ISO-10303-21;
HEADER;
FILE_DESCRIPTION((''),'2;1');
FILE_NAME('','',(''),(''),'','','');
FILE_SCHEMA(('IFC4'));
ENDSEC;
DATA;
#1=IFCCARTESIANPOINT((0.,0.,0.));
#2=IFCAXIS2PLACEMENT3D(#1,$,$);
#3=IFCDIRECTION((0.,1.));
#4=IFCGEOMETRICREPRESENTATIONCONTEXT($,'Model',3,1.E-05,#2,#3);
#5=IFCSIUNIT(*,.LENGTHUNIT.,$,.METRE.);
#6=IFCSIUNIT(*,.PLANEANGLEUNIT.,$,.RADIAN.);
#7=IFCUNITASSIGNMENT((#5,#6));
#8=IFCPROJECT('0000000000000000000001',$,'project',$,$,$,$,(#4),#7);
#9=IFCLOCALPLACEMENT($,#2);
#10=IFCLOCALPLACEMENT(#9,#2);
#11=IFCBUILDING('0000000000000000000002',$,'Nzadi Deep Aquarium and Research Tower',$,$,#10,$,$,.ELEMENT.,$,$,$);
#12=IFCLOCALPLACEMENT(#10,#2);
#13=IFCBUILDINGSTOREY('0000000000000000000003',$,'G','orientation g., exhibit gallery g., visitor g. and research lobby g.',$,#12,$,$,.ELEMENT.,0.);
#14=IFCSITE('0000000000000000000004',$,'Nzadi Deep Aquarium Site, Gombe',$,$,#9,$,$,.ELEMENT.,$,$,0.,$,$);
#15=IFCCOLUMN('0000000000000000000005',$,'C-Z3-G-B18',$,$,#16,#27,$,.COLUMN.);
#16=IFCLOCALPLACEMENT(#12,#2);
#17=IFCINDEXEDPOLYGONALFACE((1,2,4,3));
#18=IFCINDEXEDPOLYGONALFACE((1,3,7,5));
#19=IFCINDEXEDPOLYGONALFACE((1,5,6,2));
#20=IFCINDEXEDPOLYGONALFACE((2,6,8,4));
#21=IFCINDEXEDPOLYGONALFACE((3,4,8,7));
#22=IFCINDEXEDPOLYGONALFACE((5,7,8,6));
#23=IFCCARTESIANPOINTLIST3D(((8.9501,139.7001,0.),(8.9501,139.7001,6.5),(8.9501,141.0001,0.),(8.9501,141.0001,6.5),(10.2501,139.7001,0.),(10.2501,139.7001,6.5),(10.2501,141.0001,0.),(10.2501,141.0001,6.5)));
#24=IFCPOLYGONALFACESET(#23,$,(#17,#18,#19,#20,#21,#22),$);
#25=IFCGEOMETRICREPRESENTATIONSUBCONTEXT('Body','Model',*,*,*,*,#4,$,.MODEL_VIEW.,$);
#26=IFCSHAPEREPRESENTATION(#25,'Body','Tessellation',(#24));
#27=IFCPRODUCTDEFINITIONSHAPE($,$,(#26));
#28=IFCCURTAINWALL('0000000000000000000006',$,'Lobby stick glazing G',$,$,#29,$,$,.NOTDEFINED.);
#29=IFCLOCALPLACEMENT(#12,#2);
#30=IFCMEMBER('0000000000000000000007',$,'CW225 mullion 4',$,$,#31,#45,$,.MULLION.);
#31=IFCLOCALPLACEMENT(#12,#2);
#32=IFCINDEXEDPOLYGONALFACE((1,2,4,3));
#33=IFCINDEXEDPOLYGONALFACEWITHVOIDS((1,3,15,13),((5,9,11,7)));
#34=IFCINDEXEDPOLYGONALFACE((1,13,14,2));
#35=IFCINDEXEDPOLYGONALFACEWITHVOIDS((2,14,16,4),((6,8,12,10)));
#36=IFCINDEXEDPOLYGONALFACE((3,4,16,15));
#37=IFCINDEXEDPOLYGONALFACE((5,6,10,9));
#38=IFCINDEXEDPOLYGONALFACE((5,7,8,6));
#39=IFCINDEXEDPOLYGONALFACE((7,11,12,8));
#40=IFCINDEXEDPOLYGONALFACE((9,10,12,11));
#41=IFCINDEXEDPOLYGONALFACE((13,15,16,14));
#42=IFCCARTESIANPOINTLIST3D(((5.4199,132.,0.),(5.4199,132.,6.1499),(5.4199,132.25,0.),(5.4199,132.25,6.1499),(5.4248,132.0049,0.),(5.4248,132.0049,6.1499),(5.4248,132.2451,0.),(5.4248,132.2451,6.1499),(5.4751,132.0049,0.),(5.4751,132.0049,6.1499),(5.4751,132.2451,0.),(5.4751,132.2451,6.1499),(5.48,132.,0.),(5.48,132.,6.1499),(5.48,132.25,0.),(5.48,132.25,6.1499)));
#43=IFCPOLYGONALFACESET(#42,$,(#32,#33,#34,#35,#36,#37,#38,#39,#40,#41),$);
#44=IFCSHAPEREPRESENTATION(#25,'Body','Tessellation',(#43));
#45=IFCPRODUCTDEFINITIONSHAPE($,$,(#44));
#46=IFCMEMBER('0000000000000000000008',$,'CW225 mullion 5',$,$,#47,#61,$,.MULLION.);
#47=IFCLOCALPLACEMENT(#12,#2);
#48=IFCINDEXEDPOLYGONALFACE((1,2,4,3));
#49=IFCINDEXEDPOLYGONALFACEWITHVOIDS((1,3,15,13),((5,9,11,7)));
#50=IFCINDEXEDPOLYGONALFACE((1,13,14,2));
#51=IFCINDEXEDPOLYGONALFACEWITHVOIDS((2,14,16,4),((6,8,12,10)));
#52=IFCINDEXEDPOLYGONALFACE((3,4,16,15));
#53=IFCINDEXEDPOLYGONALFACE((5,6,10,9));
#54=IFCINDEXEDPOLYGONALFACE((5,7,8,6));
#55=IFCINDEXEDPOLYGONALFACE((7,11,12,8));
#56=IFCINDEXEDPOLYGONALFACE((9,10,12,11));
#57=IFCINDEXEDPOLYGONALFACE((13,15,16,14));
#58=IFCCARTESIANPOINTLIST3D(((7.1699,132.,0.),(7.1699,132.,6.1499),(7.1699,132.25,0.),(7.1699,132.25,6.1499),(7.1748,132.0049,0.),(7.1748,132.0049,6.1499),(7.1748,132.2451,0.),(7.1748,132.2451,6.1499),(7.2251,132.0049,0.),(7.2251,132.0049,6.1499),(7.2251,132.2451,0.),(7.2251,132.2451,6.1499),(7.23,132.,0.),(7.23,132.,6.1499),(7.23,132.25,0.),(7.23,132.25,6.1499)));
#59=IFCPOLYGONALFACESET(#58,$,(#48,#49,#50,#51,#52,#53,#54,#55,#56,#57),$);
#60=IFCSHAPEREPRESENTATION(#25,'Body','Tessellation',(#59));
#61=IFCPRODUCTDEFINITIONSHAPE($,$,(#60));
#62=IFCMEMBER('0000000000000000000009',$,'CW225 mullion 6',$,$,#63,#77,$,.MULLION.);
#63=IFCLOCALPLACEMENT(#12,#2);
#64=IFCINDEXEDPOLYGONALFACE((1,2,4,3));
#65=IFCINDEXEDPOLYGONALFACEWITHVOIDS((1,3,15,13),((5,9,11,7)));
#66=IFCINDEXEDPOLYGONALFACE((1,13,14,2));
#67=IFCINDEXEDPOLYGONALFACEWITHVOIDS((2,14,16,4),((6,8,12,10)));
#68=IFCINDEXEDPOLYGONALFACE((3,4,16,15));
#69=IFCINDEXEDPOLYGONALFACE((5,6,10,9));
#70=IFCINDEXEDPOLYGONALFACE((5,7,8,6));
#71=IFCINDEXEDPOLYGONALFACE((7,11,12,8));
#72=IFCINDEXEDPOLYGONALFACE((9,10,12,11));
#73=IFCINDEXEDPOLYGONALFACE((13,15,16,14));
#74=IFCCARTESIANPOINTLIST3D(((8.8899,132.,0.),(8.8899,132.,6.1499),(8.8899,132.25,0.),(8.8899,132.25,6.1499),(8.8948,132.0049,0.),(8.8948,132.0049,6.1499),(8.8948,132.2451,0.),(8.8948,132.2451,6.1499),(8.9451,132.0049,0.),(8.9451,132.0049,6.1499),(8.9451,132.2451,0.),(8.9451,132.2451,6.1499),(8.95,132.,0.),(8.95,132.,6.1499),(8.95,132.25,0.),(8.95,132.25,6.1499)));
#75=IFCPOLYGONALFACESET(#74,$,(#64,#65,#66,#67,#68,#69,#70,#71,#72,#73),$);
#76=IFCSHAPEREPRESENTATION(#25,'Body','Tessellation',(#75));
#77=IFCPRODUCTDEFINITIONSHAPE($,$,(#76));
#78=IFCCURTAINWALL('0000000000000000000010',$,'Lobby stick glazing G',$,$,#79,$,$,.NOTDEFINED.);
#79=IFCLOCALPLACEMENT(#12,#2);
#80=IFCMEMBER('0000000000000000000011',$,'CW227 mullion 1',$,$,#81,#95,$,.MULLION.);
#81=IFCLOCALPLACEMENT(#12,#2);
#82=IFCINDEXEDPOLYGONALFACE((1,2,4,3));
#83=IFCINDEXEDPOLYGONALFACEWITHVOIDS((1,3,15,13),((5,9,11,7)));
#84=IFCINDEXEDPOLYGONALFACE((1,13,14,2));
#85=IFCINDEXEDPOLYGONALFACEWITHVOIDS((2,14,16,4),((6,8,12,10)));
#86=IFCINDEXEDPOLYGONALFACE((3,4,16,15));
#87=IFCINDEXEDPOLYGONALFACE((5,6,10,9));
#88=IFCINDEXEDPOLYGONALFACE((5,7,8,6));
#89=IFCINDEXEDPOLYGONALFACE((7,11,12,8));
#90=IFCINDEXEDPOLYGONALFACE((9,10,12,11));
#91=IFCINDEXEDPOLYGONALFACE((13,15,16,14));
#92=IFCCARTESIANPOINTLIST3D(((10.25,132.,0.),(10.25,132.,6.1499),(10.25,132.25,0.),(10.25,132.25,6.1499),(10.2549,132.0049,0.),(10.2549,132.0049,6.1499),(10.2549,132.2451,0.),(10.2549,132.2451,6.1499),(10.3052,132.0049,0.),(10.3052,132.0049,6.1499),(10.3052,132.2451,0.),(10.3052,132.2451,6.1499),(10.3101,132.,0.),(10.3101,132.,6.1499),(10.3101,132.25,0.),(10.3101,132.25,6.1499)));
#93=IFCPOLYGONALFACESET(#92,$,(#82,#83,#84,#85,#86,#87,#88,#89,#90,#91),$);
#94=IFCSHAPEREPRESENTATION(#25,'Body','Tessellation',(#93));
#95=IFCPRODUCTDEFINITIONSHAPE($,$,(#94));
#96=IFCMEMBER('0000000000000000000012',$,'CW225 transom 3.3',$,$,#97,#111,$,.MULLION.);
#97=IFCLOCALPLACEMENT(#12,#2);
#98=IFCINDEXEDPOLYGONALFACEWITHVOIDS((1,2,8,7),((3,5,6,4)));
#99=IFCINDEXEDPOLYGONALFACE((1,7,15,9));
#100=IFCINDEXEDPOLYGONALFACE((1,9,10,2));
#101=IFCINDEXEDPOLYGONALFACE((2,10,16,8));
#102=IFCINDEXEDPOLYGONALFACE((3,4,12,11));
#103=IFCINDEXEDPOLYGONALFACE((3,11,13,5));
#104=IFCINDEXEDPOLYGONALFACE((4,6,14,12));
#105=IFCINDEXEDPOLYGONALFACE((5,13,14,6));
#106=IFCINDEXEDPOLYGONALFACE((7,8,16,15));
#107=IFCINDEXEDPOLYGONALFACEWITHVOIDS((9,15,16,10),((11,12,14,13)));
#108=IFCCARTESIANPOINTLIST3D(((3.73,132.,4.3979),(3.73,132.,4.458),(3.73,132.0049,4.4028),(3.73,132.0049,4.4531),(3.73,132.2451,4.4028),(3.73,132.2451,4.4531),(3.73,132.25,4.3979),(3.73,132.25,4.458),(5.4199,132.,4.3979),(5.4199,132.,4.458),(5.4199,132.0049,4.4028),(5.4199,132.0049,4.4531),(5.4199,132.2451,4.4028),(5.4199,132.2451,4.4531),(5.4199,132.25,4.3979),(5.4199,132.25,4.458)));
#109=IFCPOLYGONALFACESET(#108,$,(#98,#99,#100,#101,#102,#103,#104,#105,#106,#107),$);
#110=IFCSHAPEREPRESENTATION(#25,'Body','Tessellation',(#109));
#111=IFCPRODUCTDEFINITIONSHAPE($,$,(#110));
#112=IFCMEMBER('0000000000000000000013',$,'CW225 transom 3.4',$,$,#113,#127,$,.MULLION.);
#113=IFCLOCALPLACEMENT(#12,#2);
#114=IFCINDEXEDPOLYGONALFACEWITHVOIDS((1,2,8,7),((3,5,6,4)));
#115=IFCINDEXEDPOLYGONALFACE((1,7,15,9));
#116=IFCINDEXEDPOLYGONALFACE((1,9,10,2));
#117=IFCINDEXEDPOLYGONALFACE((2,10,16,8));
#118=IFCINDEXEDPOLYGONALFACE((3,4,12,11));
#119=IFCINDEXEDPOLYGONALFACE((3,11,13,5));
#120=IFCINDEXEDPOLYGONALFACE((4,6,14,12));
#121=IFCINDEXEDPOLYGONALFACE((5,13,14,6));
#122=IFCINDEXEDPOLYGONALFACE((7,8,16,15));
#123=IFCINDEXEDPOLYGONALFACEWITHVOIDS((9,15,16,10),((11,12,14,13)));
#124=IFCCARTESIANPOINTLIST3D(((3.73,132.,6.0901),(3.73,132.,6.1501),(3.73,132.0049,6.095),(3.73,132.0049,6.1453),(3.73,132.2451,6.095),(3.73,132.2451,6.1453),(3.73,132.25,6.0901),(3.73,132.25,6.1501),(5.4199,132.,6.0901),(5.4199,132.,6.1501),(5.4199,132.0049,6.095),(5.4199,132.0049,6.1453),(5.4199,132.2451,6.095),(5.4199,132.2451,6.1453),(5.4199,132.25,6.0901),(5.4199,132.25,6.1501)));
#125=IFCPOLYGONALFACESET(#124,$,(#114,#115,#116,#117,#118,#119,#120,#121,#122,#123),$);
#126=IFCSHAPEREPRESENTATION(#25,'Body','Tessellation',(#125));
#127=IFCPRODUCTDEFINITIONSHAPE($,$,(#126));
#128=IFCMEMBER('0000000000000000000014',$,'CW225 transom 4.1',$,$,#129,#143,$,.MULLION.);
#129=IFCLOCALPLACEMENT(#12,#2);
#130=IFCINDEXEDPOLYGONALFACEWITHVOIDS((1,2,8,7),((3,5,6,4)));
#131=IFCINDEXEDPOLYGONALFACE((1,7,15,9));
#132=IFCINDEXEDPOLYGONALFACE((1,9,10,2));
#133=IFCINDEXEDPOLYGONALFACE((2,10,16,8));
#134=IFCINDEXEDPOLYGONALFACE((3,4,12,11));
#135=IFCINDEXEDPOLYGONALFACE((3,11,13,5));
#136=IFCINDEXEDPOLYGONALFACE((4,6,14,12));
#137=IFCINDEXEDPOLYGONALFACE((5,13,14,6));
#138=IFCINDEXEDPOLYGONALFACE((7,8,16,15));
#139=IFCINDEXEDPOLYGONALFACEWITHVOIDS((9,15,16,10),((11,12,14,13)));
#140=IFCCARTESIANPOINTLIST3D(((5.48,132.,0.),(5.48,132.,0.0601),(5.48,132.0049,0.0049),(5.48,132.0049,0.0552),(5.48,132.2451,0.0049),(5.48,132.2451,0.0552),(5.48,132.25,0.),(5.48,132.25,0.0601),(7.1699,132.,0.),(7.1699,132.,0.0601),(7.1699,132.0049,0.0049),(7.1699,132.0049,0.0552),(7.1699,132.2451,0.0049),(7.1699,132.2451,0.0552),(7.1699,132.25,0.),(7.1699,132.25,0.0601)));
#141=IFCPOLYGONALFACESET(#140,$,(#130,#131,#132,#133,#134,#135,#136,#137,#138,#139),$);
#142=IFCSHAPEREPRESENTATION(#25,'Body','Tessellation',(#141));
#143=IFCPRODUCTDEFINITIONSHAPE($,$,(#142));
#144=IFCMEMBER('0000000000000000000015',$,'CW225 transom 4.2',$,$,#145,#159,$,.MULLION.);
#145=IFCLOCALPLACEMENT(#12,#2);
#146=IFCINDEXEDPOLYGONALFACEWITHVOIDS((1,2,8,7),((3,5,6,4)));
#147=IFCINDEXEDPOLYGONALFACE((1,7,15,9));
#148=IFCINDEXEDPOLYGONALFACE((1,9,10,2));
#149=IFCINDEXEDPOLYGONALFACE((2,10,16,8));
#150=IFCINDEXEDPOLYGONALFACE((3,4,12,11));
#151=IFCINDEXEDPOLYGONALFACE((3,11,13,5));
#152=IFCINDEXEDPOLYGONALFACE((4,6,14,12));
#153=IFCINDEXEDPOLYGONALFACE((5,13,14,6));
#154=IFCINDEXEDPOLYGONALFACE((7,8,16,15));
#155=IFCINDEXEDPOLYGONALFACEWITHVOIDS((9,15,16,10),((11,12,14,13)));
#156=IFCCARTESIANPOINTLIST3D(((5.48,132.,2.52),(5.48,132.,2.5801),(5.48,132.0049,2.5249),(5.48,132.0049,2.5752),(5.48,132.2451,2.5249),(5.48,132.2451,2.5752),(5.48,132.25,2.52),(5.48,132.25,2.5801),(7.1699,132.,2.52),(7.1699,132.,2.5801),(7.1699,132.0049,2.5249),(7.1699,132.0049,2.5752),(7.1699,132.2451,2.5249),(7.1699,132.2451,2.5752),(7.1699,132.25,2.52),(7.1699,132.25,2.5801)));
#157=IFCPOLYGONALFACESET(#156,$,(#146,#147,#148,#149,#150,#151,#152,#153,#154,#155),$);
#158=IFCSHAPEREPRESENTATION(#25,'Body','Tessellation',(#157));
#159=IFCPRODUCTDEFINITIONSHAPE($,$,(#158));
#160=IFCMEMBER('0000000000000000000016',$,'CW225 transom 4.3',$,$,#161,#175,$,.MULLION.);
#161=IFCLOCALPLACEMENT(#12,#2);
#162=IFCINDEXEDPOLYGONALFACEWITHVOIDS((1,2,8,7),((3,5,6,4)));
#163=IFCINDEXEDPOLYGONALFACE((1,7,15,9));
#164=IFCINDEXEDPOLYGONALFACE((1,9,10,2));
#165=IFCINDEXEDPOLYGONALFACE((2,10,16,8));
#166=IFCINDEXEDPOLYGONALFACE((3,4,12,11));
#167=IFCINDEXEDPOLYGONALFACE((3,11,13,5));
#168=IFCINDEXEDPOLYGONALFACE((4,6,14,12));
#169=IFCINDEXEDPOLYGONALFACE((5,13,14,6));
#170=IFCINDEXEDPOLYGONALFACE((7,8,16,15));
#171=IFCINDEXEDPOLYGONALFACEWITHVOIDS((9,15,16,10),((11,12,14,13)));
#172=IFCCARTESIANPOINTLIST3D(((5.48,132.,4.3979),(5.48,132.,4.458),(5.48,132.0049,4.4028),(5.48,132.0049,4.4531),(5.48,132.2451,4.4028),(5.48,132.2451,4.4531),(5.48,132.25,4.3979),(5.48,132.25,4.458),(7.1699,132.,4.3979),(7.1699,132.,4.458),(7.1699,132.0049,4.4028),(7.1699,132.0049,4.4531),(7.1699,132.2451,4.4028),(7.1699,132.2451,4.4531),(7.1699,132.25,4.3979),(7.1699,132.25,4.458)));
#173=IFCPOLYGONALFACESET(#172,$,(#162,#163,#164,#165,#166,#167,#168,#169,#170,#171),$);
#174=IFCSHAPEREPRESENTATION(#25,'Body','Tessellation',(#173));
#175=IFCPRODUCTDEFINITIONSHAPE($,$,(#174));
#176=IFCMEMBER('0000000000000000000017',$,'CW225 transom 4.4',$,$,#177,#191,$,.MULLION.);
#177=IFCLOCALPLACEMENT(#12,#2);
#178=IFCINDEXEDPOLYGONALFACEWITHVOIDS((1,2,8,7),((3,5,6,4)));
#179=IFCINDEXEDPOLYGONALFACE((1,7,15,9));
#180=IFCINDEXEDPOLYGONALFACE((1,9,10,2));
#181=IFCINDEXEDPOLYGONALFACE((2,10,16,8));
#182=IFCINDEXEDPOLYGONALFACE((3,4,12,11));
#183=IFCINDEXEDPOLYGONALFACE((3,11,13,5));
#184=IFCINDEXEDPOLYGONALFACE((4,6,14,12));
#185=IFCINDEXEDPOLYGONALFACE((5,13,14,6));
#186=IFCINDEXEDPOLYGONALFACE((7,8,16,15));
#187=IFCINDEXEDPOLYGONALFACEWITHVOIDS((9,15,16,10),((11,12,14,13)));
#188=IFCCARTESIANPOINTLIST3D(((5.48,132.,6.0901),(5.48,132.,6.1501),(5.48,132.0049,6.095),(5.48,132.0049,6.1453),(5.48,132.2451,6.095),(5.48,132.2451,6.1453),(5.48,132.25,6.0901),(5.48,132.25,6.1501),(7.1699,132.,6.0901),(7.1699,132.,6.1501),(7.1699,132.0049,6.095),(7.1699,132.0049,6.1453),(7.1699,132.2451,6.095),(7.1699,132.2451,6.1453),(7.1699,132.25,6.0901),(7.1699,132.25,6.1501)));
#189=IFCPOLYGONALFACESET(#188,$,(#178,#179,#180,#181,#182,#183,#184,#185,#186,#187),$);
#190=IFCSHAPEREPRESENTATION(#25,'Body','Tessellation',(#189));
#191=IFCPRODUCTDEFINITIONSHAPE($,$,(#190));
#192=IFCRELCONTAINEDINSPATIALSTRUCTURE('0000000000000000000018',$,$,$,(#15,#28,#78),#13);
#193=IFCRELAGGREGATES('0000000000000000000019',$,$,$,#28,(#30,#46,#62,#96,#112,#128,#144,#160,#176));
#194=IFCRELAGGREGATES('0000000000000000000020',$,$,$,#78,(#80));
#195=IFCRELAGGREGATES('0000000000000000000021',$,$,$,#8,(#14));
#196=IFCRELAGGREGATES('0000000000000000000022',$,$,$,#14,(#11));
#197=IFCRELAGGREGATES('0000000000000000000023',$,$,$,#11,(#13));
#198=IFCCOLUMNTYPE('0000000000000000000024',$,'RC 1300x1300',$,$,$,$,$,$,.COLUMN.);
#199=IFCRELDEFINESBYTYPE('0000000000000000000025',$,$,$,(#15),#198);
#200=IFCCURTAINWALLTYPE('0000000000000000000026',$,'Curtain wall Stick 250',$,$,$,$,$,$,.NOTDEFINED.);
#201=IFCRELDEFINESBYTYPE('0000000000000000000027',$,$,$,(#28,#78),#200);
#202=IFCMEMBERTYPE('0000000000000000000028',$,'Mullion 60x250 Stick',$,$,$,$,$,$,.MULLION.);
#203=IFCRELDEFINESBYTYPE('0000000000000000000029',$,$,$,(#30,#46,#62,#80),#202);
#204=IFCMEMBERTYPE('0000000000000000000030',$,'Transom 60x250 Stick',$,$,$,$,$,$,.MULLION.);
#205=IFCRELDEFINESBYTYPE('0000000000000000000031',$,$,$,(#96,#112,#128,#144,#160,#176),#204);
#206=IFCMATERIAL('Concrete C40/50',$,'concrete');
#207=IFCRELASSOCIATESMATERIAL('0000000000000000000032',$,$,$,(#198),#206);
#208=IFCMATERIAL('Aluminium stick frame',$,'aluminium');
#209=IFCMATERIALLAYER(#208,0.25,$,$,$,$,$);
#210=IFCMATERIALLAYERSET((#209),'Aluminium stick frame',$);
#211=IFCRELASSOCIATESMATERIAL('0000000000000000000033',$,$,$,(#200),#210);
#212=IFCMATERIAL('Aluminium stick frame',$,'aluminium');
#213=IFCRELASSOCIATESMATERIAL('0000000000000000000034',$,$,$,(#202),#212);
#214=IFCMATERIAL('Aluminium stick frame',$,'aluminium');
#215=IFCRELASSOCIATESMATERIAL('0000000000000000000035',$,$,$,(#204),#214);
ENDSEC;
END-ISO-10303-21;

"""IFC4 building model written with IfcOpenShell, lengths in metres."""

from ifc_helpers import new_model, si_unit, direction, frame, origin, origin_2d, place, context, subcontext, project, spatial, rectangle, hollow_rectangle, extrude, material, layer, layer_set, material_profile, profile_set, type_object, element, aggregate, save


model = new_model("IFC4")

# Units and contexts
model_context = context("Model", 3, precision=1e-05, world=origin(), true_north=direction((0.0, 1.0)))
body_context = subcontext(model_context, "Body", "Model", "MODEL_VIEW")
ifc_project = project(units=[si_unit("LENGTHUNIT", "METRE"), si_unit("PLANEANGLEUNIT", "RADIAN")], contexts=[model_context])

# Site, building, storey
site_placement = place(None, origin())
site = spatial("IfcSite", under=ifc_project, at=site_placement, Name="Nzadi Deep Aquarium Site, Gombe", CompositionType="ELEMENT", RefElevation=0.0)
building_placement = place(site_placement, origin())
building = spatial("IfcBuilding", under=site, at=building_placement, Name="Nzadi Deep Aquarium and Research Tower", CompositionType="ELEMENT")
storey_placement = place(building_placement, origin())
storey = spatial("IfcBuildingStorey", under=building, at=storey_placement, Name="G", Description="orientation g., exhibit gallery g., visitor g. and research lobby g.", CompositionType="ELEMENT", Elevation=0.0)

# Column
ifc_material_1 = material(Name="Concrete C40/50", Category="concrete")
ifc_material_profile_1 = material_profile(ifc_material_1, rectangle(XDim=1.3, YDim=1.3, at=origin_2d()))
ifc_profile_set_1 = profile_set([ifc_material_profile_1], Name="Concrete C40/50")
column_type = type_object("IfcColumnType", Name="RC 1300x1300", PredefinedType="COLUMN", material=ifc_profile_set_1)
column_placement = place(storey_placement, frame((9.6001, 140.3501, 0.0), z_axis=(0.0, 0.0, 1.0), x_axis=(1.0, 0.0, 0.0)))
element("IfcColumn", 1, at=column_placement, inside=storey, type_object=column_type, Name="C-Z3-G-B18", PredefinedType="COLUMN", context=body_context, shape_type="SweptSolid", body=[
    extrude(rectangle(XDim=1.3, YDim=1.3, at=origin_2d()), origin(), (0.0, 0.0, 1.0), 6.5),
])

# Curtain wall, members
ifc_material_2 = material(Name="Aluminium stick frame", Category="aluminium")
ifc_layer_1 = layer(ifc_material_2, 0.25)
ifc_layer_set_1 = layer_set([ifc_layer_1], Name="Aluminium stick frame")
curtain_wall_type = type_object("IfcCurtainWallType", Name="Curtain wall Stick 250", PredefinedType="NOTDEFINED", material=ifc_layer_set_1)
curtain_wall_1_placement = place(storey_placement, origin())
curtain_wall_1 = element("IfcCurtainWall", 2, at=curtain_wall_1_placement, inside=storey, type_object=curtain_wall_type, Name="Lobby stick glazing G", PredefinedType="NOTDEFINED")
ifc_material_3 = material(Name="Aluminium stick frame", Category="aluminium")
ifc_material_profile_2 = material_profile(ifc_material_3, hollow_rectangle(XDim=0.25, YDim=0.0601, WallThickness=0.0049, at=origin_2d()))
ifc_profile_set_2 = profile_set([ifc_material_profile_2], Name="Aluminium stick frame")
member_type_1 = type_object("IfcMemberType", Name="Mullion 60x250 Stick", PredefinedType="MULLION", material=ifc_profile_set_2)
member_1_placement = place(storey_placement, frame((5.45, 132.125, 0.0), z_axis=(0.0, 0.0, 1.0), x_axis=(0.0, 1.0, 0.0)))
member_1 = element("IfcMember", 3, at=member_1_placement, type_object=member_type_1, Name="CW225 mullion 4", PredefinedType="MULLION", context=body_context, shape_type="SweptSolid", body=[
    extrude(hollow_rectangle(XDim=0.25, YDim=0.0601, WallThickness=0.0049, at=origin_2d()), origin(), (0.0, 0.0, 1.0), 6.1499),
])
member_2_placement = place(storey_placement, frame((7.2, 132.125, 0.0), z_axis=(0.0, 0.0, 1.0), x_axis=(0.0, 1.0, 0.0)))
member_2 = element("IfcMember", 4, at=member_2_placement, type_object=member_type_1, Name="CW225 mullion 5", PredefinedType="MULLION", context=body_context, shape_type="SweptSolid", body=[
    extrude(hollow_rectangle(XDim=0.25, YDim=0.0601, WallThickness=0.0049, at=origin_2d()), origin(), (0.0, 0.0, 1.0), 6.1499),
])
member_3_placement = place(storey_placement, frame((8.9199, 132.125, 0.0), z_axis=(0.0, 0.0, 1.0), x_axis=(0.0, 1.0, 0.0)))
member_3 = element("IfcMember", 5, at=member_3_placement, type_object=member_type_1, Name="CW225 mullion 6", PredefinedType="MULLION", context=body_context, shape_type="SweptSolid", body=[
    extrude(hollow_rectangle(XDim=0.25, YDim=0.0601, WallThickness=0.0049, at=origin_2d()), origin(), (0.0, 0.0, 1.0), 6.1499),
])

# Curtain wall, member
curtain_wall_2_placement = place(storey_placement, origin())
curtain_wall_2 = element("IfcCurtainWall", 6, at=curtain_wall_2_placement, inside=storey, type_object=curtain_wall_type, Name="Lobby stick glazing G", PredefinedType="NOTDEFINED")
member_4_placement = place(storey_placement, frame((10.28, 132.125, 0.0), z_axis=(0.0, 0.0, 1.0), x_axis=(0.0, 1.0, 0.0)))
member_4 = element("IfcMember", 7, at=member_4_placement, type_object=member_type_1, Name="CW227 mullion 1", PredefinedType="MULLION", context=body_context, shape_type="SweptSolid", body=[
    extrude(hollow_rectangle(XDim=0.25, YDim=0.0601, WallThickness=0.0049, at=origin_2d()), origin(), (0.0, 0.0, 1.0), 6.1499),
])

# Members
ifc_material_4 = material(Name="Aluminium stick frame", Category="aluminium")
ifc_material_profile_3 = material_profile(ifc_material_4, hollow_rectangle(XDim=0.25, YDim=0.0601, WallThickness=0.0049, at=origin_2d()))
ifc_profile_set_3 = profile_set([ifc_material_profile_3], Name="Aluminium stick frame")
member_type_2 = type_object("IfcMemberType", Name="Transom 60x250 Stick", PredefinedType="MULLION", material=ifc_profile_set_3)
member_5_placement = place(storey_placement, frame((3.73, 132.125, 4.428), z_axis=(1.0, 0.0, 0.0), x_axis=(0.0, 1.0, 0.0)))
member_5 = element("IfcMember", 8, at=member_5_placement, type_object=member_type_2, Name="CW225 transom 3.3", PredefinedType="MULLION", context=body_context, shape_type="SweptSolid", body=[
    extrude(hollow_rectangle(XDim=0.25, YDim=0.0601, WallThickness=0.0049, at=origin_2d()), origin(), (0.0, 0.0, 1.0), 1.6899),
])
member_6_placement = place(storey_placement, frame((3.73, 132.125, 6.1201), z_axis=(1.0, 0.0, 0.0), x_axis=(0.0, 1.0, 0.0)))
member_6 = element("IfcMember", 9, at=member_6_placement, type_object=member_type_2, Name="CW225 transom 3.4", PredefinedType="MULLION", context=body_context, shape_type="SweptSolid", body=[
    extrude(hollow_rectangle(XDim=0.25, YDim=0.0601, WallThickness=0.0049, at=origin_2d()), origin(), (0.0, 0.0, 1.0), 1.6899),
])
member_7_placement = place(storey_placement, frame((5.48, 132.125, 0.03), z_axis=(1.0, 0.0, 0.0), x_axis=(0.0, 1.0, 0.0)))
member_7 = element("IfcMember", 10, at=member_7_placement, type_object=member_type_2, Name="CW225 transom 4.1", PredefinedType="MULLION", context=body_context, shape_type="SweptSolid", body=[
    extrude(hollow_rectangle(XDim=0.25, YDim=0.0601, WallThickness=0.0049, at=origin_2d()), origin(), (0.0, 0.0, 1.0), 1.6899),
])
member_8_placement = place(storey_placement, frame((5.48, 132.125, 2.55), z_axis=(1.0, 0.0, 0.0), x_axis=(0.0, 1.0, 0.0)))
member_8 = element("IfcMember", 11, at=member_8_placement, type_object=member_type_2, Name="CW225 transom 4.2", PredefinedType="MULLION", context=body_context, shape_type="SweptSolid", body=[
    extrude(hollow_rectangle(XDim=0.25, YDim=0.0601, WallThickness=0.0049, at=origin_2d()), origin(), (0.0, 0.0, 1.0), 1.6899),
])
member_9_placement = place(storey_placement, frame((5.48, 132.125, 4.428), z_axis=(1.0, 0.0, 0.0), x_axis=(0.0, 1.0, 0.0)))
member_9 = element("IfcMember", 12, at=member_9_placement, type_object=member_type_2, Name="CW225 transom 4.3", PredefinedType="MULLION", context=body_context, shape_type="SweptSolid", body=[
    extrude(hollow_rectangle(XDim=0.25, YDim=0.0601, WallThickness=0.0049, at=origin_2d()), origin(), (0.0, 0.0, 1.0), 1.6899),
])
member_10_placement = place(storey_placement, frame((5.48, 132.125, 6.1201), z_axis=(1.0, 0.0, 0.0), x_axis=(0.0, 1.0, 0.0)))
member_10 = element("IfcMember", 13, at=member_10_placement, type_object=member_type_2, Name="CW225 transom 4.4", PredefinedType="MULLION", context=body_context, shape_type="SweptSolid", body=[
    extrude(hollow_rectangle(XDim=0.25, YDim=0.0601, WallThickness=0.0049, at=origin_2d()), origin(), (0.0, 0.0, 1.0), 1.6899),
])

aggregate(curtain_wall_1, [member_1, member_2, member_3, member_5, member_6, member_7, member_8, member_9, member_10])
aggregate(curtain_wall_2, [member_4])

save(model, "model.ifc")
